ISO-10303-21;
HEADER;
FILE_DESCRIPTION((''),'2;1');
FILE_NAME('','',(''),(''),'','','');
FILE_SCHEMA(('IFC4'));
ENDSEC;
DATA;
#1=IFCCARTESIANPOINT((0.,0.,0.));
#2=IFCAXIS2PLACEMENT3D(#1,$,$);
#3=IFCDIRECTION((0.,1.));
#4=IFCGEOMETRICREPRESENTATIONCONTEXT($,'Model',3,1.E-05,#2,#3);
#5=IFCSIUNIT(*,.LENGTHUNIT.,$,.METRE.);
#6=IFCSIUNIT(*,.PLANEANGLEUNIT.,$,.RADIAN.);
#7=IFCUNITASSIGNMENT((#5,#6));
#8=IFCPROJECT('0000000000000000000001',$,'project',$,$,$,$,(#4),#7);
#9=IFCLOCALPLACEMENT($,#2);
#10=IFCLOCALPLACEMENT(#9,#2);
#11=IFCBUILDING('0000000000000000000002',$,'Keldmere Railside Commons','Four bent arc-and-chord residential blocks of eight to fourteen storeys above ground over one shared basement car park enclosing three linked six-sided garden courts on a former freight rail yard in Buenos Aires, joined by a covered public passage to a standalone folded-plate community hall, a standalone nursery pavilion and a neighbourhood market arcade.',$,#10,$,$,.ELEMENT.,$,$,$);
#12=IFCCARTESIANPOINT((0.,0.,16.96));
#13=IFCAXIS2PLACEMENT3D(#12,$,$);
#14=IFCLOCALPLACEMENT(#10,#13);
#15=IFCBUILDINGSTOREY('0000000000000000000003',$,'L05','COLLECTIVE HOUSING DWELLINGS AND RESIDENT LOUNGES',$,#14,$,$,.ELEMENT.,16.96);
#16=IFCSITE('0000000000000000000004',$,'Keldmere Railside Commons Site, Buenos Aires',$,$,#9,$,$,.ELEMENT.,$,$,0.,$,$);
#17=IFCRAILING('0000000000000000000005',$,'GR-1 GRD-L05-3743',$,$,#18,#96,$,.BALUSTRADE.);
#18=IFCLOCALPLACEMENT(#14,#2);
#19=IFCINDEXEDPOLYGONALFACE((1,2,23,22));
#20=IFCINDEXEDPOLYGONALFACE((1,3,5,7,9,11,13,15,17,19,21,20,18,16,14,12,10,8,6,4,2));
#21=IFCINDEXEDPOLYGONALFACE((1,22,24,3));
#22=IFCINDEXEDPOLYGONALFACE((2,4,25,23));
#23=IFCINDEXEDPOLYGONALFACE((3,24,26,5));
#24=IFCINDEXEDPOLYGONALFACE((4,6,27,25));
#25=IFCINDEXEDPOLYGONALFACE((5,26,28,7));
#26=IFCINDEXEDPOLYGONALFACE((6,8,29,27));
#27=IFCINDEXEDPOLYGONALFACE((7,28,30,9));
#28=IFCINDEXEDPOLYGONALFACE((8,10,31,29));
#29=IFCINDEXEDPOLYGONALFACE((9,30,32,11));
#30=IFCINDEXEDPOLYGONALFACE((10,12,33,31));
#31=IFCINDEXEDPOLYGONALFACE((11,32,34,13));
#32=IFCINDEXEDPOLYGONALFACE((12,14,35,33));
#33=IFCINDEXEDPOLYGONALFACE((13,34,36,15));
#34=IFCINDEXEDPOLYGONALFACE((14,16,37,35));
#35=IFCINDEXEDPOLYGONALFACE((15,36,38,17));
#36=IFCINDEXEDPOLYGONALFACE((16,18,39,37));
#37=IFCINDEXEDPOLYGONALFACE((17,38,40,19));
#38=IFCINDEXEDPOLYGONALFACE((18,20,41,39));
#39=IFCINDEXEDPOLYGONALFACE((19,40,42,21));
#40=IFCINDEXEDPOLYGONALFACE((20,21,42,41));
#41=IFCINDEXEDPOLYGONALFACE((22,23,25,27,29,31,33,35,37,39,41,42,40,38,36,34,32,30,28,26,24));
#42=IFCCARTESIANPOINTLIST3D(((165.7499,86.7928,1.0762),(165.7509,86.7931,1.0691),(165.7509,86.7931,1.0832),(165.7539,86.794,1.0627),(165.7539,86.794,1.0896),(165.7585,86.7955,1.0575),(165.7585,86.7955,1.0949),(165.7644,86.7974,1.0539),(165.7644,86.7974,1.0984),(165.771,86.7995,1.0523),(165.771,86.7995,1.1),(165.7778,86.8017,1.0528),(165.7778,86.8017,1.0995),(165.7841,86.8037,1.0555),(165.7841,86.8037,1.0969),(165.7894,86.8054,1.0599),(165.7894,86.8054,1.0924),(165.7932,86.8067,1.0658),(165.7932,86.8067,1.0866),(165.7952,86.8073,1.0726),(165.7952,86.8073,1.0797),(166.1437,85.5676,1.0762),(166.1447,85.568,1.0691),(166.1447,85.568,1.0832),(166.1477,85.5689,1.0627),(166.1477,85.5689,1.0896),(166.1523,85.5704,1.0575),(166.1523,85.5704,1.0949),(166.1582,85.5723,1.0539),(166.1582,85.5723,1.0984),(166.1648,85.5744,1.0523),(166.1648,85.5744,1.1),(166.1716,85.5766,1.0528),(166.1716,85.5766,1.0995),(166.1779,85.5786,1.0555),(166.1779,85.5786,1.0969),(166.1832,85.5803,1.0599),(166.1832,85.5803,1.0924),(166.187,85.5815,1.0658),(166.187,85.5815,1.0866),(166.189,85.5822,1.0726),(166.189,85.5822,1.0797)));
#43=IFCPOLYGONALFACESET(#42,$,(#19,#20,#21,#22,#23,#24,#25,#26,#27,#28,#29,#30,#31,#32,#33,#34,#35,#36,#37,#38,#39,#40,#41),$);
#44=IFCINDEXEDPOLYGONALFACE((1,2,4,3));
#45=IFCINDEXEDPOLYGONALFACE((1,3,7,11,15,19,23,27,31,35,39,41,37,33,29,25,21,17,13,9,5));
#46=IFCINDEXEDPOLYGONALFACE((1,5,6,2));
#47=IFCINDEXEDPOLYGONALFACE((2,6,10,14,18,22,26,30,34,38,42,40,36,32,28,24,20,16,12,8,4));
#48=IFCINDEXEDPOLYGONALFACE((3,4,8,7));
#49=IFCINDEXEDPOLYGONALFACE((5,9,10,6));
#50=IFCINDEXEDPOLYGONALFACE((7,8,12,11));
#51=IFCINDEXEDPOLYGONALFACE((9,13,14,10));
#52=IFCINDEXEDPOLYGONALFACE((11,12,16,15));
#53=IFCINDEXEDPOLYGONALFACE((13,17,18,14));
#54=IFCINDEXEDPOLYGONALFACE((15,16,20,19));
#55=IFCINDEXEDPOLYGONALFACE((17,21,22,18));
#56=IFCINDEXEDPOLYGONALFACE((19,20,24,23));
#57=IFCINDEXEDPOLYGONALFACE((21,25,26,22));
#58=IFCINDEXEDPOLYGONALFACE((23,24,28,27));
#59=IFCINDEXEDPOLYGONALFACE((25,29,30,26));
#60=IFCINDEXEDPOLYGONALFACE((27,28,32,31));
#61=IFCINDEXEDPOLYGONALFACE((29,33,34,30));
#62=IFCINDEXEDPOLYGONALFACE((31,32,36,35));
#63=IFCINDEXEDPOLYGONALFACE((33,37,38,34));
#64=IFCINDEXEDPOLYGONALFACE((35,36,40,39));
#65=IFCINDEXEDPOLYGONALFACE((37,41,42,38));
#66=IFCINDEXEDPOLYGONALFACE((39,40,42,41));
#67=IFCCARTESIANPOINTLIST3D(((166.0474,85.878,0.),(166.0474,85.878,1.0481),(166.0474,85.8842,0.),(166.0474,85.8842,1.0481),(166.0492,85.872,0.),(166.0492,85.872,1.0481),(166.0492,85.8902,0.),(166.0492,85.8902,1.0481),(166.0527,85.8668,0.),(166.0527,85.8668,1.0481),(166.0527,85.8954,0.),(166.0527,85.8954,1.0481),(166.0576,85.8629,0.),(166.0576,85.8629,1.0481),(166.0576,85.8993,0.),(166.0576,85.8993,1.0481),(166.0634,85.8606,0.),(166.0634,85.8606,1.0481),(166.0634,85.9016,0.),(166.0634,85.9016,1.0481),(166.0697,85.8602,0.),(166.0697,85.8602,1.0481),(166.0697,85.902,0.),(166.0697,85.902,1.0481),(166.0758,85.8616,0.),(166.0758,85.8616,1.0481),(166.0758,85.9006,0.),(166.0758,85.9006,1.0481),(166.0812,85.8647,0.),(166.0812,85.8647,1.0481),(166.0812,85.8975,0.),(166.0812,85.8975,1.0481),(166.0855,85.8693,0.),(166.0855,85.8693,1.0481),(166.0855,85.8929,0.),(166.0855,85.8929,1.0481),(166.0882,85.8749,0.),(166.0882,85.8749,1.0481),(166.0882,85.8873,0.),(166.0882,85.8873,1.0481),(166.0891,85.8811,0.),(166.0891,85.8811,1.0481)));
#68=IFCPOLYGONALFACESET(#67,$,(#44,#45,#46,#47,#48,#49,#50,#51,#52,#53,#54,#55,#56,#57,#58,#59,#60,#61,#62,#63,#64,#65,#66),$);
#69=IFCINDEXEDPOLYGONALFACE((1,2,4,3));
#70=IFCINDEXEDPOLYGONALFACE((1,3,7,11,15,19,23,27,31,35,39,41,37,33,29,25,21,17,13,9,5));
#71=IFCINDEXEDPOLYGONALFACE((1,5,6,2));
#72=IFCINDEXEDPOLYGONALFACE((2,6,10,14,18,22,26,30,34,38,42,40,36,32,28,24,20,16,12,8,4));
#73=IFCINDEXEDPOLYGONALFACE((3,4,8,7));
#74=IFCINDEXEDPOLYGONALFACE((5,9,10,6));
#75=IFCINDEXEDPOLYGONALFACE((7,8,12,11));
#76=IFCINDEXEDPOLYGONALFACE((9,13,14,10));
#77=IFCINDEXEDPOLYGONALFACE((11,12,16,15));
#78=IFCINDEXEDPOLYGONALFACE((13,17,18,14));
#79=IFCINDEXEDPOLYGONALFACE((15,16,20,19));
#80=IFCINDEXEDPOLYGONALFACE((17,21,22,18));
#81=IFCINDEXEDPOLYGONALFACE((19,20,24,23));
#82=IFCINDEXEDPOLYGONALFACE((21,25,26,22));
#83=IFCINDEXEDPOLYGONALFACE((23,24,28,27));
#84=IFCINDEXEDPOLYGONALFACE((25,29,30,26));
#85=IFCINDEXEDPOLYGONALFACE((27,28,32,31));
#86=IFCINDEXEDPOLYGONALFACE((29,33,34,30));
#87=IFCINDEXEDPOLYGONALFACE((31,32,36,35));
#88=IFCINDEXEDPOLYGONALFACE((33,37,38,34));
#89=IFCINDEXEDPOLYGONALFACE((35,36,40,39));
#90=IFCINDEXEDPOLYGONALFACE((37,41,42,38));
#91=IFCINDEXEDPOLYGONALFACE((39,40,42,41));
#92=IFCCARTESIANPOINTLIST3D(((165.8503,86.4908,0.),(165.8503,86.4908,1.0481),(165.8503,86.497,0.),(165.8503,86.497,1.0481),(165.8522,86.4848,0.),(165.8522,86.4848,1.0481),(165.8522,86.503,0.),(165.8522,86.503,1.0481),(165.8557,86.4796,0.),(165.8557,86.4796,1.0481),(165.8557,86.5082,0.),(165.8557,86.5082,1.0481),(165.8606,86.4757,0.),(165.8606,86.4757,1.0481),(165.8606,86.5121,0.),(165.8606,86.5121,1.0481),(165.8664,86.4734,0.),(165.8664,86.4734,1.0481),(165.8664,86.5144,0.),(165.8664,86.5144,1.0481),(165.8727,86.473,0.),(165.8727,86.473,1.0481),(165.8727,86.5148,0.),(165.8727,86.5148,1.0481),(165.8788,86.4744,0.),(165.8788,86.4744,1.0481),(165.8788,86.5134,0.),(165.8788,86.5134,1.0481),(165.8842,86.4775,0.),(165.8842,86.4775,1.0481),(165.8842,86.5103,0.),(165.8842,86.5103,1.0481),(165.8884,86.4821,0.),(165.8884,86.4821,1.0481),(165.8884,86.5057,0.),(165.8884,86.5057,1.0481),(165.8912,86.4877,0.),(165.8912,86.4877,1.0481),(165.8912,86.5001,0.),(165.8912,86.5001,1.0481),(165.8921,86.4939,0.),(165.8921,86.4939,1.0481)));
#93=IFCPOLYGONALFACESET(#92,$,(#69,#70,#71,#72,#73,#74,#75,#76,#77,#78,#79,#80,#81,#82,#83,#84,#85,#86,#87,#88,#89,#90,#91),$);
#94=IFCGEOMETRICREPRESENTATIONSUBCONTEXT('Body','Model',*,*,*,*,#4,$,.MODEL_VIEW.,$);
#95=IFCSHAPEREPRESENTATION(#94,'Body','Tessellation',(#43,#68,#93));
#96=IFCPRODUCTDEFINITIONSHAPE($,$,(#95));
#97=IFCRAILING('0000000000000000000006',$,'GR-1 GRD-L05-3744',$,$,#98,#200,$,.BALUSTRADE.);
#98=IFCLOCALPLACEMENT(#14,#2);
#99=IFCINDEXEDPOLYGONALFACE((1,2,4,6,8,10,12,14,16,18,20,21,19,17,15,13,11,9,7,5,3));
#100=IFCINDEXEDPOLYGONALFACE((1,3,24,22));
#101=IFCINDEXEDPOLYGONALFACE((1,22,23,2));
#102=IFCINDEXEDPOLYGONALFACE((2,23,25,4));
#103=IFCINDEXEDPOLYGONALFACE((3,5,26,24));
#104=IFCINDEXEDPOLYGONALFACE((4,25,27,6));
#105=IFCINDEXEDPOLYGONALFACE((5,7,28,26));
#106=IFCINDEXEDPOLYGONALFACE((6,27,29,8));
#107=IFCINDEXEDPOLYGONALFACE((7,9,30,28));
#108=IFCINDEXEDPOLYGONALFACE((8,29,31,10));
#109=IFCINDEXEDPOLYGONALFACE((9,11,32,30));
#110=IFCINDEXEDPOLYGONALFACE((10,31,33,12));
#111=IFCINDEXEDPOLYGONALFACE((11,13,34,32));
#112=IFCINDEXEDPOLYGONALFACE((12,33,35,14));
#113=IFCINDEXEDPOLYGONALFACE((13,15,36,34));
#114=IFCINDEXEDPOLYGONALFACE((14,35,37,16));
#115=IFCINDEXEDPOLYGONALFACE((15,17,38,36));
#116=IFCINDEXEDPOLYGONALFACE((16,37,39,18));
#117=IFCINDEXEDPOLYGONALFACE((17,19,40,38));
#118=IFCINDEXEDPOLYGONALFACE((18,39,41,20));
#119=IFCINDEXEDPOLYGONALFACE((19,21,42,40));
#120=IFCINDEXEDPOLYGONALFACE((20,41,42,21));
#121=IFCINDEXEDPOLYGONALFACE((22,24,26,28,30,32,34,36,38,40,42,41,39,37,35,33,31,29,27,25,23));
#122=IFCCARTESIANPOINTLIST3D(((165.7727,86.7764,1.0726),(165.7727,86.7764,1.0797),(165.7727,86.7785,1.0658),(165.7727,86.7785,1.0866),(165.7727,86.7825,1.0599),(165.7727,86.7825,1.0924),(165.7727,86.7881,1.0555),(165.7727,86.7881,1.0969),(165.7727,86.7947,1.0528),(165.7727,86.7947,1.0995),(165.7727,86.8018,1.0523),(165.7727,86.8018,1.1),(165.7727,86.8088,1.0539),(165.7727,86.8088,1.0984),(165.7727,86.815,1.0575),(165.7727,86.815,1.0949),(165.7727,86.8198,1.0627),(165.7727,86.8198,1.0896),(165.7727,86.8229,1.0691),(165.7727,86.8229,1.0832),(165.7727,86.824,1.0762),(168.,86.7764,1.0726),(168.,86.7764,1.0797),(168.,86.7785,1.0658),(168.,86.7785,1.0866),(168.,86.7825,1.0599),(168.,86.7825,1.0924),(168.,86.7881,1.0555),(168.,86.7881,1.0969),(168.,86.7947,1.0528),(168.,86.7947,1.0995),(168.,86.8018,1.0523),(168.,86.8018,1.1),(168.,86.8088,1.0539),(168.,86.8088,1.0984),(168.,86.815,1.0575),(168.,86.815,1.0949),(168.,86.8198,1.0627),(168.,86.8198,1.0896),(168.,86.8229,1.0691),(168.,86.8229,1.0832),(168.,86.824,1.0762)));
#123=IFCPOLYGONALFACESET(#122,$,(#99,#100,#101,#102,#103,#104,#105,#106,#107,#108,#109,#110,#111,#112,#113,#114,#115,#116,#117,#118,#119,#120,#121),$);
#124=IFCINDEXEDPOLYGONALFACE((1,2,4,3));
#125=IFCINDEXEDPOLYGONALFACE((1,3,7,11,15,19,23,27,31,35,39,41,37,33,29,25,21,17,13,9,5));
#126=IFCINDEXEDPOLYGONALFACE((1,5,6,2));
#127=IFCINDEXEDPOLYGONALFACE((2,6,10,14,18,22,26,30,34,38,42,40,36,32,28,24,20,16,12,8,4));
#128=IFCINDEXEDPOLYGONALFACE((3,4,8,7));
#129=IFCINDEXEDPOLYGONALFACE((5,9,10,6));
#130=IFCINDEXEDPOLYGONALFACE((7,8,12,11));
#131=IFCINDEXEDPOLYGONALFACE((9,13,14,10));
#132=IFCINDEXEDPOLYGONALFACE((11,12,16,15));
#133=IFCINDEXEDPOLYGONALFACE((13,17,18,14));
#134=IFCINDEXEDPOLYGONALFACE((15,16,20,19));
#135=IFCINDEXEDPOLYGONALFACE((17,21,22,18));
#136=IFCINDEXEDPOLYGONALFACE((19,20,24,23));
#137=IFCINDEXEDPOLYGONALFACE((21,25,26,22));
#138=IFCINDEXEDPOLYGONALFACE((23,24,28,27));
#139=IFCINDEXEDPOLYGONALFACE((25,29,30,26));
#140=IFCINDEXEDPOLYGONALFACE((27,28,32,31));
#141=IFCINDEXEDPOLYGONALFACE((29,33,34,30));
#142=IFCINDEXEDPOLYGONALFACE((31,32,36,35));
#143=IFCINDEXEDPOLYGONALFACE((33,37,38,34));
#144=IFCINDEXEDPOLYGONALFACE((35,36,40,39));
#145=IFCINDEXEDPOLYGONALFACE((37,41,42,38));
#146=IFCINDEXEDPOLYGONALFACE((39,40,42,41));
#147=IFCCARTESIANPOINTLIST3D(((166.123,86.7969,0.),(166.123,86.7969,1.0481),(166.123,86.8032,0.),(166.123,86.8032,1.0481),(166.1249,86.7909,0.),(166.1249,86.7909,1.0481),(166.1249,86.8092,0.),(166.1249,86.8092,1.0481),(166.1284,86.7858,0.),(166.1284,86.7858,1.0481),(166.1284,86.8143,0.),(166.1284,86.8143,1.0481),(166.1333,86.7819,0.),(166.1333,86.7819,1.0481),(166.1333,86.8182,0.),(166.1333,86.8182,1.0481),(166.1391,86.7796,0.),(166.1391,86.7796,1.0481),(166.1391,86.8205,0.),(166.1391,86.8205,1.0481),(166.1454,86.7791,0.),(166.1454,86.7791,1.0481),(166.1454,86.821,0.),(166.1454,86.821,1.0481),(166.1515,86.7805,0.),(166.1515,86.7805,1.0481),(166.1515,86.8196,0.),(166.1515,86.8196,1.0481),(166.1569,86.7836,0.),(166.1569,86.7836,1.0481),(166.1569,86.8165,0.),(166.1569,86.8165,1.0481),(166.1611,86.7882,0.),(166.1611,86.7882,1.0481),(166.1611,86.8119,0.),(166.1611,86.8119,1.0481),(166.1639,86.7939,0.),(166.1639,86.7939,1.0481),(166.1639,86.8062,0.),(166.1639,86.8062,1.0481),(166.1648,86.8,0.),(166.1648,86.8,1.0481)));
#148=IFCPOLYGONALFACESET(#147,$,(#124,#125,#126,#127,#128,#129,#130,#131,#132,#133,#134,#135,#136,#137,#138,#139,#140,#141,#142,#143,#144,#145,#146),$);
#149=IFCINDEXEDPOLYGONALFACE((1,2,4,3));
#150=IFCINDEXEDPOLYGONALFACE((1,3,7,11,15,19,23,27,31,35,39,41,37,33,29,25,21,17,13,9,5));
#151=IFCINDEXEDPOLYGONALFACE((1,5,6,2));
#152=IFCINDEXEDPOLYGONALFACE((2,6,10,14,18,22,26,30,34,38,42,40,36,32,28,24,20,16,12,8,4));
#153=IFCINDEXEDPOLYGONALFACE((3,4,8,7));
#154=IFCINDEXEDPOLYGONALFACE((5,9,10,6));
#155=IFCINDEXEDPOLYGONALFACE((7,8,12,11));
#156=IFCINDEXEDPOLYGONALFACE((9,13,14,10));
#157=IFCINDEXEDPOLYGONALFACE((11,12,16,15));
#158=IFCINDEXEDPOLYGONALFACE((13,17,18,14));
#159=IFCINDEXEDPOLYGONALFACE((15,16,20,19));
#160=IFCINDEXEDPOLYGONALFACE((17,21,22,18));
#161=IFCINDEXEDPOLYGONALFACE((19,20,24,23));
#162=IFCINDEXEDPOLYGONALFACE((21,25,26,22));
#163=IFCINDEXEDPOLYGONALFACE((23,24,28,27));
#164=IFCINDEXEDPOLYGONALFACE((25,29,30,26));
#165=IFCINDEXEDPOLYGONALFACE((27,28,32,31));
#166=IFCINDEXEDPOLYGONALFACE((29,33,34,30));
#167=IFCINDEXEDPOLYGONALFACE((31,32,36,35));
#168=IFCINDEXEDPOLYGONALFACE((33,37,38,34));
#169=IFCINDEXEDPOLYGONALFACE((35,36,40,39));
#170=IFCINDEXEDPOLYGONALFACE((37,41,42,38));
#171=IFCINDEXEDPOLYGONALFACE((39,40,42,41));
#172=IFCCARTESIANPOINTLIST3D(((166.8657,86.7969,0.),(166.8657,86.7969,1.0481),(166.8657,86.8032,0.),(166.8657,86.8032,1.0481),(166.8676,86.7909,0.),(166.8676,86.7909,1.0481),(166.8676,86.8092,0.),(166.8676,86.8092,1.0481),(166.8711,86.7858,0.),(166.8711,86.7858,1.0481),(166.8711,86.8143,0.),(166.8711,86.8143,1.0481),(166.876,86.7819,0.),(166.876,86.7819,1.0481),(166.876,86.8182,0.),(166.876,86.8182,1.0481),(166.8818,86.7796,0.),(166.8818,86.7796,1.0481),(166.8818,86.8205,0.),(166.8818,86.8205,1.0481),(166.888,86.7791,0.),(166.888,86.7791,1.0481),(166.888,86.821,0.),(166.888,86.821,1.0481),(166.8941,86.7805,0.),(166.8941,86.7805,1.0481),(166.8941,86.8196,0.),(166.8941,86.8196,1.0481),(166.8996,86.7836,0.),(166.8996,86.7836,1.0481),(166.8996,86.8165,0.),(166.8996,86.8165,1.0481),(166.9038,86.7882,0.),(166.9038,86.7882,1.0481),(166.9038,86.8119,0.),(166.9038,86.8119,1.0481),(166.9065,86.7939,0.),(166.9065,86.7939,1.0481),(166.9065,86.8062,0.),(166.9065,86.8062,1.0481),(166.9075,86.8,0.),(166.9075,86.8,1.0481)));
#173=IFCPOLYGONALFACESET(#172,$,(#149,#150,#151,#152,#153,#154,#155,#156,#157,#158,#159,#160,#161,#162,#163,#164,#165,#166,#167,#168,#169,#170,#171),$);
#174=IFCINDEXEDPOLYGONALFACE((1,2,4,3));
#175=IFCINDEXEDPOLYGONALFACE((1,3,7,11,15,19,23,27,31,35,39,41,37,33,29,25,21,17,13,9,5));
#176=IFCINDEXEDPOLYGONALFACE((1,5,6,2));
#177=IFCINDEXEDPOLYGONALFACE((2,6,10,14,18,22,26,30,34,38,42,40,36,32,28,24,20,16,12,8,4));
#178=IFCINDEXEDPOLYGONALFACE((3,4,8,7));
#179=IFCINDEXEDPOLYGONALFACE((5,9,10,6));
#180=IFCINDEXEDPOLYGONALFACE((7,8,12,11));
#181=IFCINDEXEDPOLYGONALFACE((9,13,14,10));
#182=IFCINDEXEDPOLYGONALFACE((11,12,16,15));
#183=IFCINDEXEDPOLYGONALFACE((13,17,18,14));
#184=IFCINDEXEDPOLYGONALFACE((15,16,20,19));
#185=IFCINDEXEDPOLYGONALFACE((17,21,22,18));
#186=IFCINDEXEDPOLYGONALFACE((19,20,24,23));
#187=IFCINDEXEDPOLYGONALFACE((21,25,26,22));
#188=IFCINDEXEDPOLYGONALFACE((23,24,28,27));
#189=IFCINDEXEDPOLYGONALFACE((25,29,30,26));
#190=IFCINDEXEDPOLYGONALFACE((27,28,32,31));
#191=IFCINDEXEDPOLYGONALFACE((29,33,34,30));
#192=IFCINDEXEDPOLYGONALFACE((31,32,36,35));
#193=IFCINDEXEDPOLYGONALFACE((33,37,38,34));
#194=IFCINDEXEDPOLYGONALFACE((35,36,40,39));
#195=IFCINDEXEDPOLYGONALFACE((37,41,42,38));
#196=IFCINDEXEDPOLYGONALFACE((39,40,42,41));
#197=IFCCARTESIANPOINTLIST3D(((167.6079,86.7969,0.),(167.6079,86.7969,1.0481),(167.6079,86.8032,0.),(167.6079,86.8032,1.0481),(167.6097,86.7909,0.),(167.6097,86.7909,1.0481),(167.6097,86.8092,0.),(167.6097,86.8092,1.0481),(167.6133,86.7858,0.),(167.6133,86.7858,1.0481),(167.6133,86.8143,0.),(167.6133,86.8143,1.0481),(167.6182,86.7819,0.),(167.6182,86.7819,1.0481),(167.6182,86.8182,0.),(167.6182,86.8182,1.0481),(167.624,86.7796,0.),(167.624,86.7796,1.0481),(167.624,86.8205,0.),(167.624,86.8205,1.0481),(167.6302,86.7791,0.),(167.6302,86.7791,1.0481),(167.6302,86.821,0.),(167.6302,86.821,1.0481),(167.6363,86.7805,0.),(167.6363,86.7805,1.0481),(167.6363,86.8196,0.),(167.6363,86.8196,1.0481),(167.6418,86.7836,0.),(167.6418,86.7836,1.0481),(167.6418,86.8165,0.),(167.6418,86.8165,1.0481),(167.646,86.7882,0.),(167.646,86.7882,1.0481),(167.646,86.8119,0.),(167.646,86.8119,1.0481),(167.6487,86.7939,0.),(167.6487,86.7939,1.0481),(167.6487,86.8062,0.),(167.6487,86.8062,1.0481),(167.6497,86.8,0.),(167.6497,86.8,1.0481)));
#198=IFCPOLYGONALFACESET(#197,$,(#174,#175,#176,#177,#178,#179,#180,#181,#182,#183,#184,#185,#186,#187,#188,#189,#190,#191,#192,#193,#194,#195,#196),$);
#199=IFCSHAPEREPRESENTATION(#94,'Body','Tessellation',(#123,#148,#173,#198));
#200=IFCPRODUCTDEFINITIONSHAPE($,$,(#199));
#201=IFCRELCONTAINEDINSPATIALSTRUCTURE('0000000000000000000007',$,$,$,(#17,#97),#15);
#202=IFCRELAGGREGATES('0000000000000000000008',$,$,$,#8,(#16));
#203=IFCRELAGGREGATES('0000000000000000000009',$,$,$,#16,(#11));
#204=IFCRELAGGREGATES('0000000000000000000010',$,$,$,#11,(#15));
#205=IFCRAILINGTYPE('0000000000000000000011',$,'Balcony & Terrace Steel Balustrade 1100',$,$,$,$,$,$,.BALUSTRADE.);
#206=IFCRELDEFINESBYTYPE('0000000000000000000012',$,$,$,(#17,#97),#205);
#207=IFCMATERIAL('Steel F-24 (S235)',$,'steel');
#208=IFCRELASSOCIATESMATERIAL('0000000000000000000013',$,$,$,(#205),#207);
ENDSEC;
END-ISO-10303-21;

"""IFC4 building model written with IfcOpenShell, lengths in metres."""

from ifc_helpers import new_model, si_unit, direction, frame, origin, origin_2d, place, context, subcontext, project, spatial, circle, extrude, material, type_object, element, save


model = new_model("IFC4")

# Units and contexts
model_context = context("Model", 3, precision=1e-05, world=origin(), true_north=direction((0.0, 1.0)))
body_context = subcontext(model_context, "Body", "Model", "MODEL_VIEW")
ifc_project = project(units=[si_unit("LENGTHUNIT", "METRE"), si_unit("PLANEANGLEUNIT", "RADIAN")], contexts=[model_context])

# Site, building, storey
site_placement = place(None, origin())
site = spatial("IfcSite", under=ifc_project, at=site_placement, Name="Keldmere Railside Commons Site, Buenos Aires", CompositionType="ELEMENT", RefElevation=0.0)
building_placement = place(site_placement, origin())
building = spatial("IfcBuilding", under=site, at=building_placement, Name="Keldmere Railside Commons", Description="Four bent arc-and-chord residential blocks of eight to fourteen storeys above ground over one shared basement car park enclosing three linked six-sided garden courts on a former freight rail yard in Buenos Aires, joined by a covered public passage to a standalone folded-plate community hall, a standalone nursery pavilion and a neighbourhood market arcade.", CompositionType="ELEMENT")
storey_placement = place(building_placement, frame((0.0, 0.0, 16.96)))
storey = spatial("IfcBuildingStorey", under=building, at=storey_placement, Name="L05", Description="COLLECTIVE HOUSING DWELLINGS AND RESIDENT LOUNGES", CompositionType="ELEMENT", Elevation=16.96)

# Railings
ifc_material_1 = material(Name="Steel F-24 (S235)", Category="steel")
railing_type = type_object("IfcRailingType", Name="Balcony & Terrace Steel Balustrade 1100", PredefinedType="BALUSTRADE", material=ifc_material_1)
railing_1_placement = place(storey_placement, frame((166.1665, 85.575, 0.0)))
element("IfcRailing", 1, at=railing_1_placement, inside=storey, type_object=railing_type, Name="GR-1 GRD-L05-3743", PredefinedType="BALUSTRADE", context=body_context, shape_type="SweptSolid", body=[
    extrude(circle(Radius=0.0239, at=origin_2d()), frame((0.0, 0.0, 1.0762), z_axis=(-0.306021, 0.952025, 0.0), x_axis=(-0.952025, -0.306021, 0.0)), (0.0, 0.0, 1.0), 1.2869),
    extrude(circle(Radius=0.021, at=origin_2d()), frame((-0.0984, 0.3062, 0.0)), (0.0, 0.0, 1.0), 1.0481),
    extrude(circle(Radius=0.021, at=origin_2d()), frame((-0.2954, 0.9189, 0.0)), (0.0, 0.0, 1.0), 1.0481),
])
railing_2_placement = place(storey_placement, frame((165.7727, 86.8, 0.0)))
element("IfcRailing", 2, at=railing_2_placement, inside=storey, type_object=railing_type, Name="GR-1 GRD-L05-3744", PredefinedType="BALUSTRADE", context=body_context, shape_type="SweptSolid", body=[
    extrude(circle(Radius=0.0239, at=origin_2d()), frame((0.0, 0.0, 1.0762), z_axis=(1.0, 0.0, 0.0), x_axis=(0.0, 1.0, 0.0)), (0.0, 0.0, 1.0), 2.2273),
    extrude(circle(Radius=0.021, at=origin_2d()), frame((0.3711, 0.0, 0.0)), (0.0, 0.0, 1.0), 1.0481),
    extrude(circle(Radius=0.021, at=origin_2d()), frame((1.1138, 0.0, 0.0)), (0.0, 0.0, 1.0), 1.0481),
    extrude(circle(Radius=0.021, at=origin_2d()), frame((1.856, 0.0, 0.0)), (0.0, 0.0, 1.0), 1.0481),
])

save(model, "model.ifc")
